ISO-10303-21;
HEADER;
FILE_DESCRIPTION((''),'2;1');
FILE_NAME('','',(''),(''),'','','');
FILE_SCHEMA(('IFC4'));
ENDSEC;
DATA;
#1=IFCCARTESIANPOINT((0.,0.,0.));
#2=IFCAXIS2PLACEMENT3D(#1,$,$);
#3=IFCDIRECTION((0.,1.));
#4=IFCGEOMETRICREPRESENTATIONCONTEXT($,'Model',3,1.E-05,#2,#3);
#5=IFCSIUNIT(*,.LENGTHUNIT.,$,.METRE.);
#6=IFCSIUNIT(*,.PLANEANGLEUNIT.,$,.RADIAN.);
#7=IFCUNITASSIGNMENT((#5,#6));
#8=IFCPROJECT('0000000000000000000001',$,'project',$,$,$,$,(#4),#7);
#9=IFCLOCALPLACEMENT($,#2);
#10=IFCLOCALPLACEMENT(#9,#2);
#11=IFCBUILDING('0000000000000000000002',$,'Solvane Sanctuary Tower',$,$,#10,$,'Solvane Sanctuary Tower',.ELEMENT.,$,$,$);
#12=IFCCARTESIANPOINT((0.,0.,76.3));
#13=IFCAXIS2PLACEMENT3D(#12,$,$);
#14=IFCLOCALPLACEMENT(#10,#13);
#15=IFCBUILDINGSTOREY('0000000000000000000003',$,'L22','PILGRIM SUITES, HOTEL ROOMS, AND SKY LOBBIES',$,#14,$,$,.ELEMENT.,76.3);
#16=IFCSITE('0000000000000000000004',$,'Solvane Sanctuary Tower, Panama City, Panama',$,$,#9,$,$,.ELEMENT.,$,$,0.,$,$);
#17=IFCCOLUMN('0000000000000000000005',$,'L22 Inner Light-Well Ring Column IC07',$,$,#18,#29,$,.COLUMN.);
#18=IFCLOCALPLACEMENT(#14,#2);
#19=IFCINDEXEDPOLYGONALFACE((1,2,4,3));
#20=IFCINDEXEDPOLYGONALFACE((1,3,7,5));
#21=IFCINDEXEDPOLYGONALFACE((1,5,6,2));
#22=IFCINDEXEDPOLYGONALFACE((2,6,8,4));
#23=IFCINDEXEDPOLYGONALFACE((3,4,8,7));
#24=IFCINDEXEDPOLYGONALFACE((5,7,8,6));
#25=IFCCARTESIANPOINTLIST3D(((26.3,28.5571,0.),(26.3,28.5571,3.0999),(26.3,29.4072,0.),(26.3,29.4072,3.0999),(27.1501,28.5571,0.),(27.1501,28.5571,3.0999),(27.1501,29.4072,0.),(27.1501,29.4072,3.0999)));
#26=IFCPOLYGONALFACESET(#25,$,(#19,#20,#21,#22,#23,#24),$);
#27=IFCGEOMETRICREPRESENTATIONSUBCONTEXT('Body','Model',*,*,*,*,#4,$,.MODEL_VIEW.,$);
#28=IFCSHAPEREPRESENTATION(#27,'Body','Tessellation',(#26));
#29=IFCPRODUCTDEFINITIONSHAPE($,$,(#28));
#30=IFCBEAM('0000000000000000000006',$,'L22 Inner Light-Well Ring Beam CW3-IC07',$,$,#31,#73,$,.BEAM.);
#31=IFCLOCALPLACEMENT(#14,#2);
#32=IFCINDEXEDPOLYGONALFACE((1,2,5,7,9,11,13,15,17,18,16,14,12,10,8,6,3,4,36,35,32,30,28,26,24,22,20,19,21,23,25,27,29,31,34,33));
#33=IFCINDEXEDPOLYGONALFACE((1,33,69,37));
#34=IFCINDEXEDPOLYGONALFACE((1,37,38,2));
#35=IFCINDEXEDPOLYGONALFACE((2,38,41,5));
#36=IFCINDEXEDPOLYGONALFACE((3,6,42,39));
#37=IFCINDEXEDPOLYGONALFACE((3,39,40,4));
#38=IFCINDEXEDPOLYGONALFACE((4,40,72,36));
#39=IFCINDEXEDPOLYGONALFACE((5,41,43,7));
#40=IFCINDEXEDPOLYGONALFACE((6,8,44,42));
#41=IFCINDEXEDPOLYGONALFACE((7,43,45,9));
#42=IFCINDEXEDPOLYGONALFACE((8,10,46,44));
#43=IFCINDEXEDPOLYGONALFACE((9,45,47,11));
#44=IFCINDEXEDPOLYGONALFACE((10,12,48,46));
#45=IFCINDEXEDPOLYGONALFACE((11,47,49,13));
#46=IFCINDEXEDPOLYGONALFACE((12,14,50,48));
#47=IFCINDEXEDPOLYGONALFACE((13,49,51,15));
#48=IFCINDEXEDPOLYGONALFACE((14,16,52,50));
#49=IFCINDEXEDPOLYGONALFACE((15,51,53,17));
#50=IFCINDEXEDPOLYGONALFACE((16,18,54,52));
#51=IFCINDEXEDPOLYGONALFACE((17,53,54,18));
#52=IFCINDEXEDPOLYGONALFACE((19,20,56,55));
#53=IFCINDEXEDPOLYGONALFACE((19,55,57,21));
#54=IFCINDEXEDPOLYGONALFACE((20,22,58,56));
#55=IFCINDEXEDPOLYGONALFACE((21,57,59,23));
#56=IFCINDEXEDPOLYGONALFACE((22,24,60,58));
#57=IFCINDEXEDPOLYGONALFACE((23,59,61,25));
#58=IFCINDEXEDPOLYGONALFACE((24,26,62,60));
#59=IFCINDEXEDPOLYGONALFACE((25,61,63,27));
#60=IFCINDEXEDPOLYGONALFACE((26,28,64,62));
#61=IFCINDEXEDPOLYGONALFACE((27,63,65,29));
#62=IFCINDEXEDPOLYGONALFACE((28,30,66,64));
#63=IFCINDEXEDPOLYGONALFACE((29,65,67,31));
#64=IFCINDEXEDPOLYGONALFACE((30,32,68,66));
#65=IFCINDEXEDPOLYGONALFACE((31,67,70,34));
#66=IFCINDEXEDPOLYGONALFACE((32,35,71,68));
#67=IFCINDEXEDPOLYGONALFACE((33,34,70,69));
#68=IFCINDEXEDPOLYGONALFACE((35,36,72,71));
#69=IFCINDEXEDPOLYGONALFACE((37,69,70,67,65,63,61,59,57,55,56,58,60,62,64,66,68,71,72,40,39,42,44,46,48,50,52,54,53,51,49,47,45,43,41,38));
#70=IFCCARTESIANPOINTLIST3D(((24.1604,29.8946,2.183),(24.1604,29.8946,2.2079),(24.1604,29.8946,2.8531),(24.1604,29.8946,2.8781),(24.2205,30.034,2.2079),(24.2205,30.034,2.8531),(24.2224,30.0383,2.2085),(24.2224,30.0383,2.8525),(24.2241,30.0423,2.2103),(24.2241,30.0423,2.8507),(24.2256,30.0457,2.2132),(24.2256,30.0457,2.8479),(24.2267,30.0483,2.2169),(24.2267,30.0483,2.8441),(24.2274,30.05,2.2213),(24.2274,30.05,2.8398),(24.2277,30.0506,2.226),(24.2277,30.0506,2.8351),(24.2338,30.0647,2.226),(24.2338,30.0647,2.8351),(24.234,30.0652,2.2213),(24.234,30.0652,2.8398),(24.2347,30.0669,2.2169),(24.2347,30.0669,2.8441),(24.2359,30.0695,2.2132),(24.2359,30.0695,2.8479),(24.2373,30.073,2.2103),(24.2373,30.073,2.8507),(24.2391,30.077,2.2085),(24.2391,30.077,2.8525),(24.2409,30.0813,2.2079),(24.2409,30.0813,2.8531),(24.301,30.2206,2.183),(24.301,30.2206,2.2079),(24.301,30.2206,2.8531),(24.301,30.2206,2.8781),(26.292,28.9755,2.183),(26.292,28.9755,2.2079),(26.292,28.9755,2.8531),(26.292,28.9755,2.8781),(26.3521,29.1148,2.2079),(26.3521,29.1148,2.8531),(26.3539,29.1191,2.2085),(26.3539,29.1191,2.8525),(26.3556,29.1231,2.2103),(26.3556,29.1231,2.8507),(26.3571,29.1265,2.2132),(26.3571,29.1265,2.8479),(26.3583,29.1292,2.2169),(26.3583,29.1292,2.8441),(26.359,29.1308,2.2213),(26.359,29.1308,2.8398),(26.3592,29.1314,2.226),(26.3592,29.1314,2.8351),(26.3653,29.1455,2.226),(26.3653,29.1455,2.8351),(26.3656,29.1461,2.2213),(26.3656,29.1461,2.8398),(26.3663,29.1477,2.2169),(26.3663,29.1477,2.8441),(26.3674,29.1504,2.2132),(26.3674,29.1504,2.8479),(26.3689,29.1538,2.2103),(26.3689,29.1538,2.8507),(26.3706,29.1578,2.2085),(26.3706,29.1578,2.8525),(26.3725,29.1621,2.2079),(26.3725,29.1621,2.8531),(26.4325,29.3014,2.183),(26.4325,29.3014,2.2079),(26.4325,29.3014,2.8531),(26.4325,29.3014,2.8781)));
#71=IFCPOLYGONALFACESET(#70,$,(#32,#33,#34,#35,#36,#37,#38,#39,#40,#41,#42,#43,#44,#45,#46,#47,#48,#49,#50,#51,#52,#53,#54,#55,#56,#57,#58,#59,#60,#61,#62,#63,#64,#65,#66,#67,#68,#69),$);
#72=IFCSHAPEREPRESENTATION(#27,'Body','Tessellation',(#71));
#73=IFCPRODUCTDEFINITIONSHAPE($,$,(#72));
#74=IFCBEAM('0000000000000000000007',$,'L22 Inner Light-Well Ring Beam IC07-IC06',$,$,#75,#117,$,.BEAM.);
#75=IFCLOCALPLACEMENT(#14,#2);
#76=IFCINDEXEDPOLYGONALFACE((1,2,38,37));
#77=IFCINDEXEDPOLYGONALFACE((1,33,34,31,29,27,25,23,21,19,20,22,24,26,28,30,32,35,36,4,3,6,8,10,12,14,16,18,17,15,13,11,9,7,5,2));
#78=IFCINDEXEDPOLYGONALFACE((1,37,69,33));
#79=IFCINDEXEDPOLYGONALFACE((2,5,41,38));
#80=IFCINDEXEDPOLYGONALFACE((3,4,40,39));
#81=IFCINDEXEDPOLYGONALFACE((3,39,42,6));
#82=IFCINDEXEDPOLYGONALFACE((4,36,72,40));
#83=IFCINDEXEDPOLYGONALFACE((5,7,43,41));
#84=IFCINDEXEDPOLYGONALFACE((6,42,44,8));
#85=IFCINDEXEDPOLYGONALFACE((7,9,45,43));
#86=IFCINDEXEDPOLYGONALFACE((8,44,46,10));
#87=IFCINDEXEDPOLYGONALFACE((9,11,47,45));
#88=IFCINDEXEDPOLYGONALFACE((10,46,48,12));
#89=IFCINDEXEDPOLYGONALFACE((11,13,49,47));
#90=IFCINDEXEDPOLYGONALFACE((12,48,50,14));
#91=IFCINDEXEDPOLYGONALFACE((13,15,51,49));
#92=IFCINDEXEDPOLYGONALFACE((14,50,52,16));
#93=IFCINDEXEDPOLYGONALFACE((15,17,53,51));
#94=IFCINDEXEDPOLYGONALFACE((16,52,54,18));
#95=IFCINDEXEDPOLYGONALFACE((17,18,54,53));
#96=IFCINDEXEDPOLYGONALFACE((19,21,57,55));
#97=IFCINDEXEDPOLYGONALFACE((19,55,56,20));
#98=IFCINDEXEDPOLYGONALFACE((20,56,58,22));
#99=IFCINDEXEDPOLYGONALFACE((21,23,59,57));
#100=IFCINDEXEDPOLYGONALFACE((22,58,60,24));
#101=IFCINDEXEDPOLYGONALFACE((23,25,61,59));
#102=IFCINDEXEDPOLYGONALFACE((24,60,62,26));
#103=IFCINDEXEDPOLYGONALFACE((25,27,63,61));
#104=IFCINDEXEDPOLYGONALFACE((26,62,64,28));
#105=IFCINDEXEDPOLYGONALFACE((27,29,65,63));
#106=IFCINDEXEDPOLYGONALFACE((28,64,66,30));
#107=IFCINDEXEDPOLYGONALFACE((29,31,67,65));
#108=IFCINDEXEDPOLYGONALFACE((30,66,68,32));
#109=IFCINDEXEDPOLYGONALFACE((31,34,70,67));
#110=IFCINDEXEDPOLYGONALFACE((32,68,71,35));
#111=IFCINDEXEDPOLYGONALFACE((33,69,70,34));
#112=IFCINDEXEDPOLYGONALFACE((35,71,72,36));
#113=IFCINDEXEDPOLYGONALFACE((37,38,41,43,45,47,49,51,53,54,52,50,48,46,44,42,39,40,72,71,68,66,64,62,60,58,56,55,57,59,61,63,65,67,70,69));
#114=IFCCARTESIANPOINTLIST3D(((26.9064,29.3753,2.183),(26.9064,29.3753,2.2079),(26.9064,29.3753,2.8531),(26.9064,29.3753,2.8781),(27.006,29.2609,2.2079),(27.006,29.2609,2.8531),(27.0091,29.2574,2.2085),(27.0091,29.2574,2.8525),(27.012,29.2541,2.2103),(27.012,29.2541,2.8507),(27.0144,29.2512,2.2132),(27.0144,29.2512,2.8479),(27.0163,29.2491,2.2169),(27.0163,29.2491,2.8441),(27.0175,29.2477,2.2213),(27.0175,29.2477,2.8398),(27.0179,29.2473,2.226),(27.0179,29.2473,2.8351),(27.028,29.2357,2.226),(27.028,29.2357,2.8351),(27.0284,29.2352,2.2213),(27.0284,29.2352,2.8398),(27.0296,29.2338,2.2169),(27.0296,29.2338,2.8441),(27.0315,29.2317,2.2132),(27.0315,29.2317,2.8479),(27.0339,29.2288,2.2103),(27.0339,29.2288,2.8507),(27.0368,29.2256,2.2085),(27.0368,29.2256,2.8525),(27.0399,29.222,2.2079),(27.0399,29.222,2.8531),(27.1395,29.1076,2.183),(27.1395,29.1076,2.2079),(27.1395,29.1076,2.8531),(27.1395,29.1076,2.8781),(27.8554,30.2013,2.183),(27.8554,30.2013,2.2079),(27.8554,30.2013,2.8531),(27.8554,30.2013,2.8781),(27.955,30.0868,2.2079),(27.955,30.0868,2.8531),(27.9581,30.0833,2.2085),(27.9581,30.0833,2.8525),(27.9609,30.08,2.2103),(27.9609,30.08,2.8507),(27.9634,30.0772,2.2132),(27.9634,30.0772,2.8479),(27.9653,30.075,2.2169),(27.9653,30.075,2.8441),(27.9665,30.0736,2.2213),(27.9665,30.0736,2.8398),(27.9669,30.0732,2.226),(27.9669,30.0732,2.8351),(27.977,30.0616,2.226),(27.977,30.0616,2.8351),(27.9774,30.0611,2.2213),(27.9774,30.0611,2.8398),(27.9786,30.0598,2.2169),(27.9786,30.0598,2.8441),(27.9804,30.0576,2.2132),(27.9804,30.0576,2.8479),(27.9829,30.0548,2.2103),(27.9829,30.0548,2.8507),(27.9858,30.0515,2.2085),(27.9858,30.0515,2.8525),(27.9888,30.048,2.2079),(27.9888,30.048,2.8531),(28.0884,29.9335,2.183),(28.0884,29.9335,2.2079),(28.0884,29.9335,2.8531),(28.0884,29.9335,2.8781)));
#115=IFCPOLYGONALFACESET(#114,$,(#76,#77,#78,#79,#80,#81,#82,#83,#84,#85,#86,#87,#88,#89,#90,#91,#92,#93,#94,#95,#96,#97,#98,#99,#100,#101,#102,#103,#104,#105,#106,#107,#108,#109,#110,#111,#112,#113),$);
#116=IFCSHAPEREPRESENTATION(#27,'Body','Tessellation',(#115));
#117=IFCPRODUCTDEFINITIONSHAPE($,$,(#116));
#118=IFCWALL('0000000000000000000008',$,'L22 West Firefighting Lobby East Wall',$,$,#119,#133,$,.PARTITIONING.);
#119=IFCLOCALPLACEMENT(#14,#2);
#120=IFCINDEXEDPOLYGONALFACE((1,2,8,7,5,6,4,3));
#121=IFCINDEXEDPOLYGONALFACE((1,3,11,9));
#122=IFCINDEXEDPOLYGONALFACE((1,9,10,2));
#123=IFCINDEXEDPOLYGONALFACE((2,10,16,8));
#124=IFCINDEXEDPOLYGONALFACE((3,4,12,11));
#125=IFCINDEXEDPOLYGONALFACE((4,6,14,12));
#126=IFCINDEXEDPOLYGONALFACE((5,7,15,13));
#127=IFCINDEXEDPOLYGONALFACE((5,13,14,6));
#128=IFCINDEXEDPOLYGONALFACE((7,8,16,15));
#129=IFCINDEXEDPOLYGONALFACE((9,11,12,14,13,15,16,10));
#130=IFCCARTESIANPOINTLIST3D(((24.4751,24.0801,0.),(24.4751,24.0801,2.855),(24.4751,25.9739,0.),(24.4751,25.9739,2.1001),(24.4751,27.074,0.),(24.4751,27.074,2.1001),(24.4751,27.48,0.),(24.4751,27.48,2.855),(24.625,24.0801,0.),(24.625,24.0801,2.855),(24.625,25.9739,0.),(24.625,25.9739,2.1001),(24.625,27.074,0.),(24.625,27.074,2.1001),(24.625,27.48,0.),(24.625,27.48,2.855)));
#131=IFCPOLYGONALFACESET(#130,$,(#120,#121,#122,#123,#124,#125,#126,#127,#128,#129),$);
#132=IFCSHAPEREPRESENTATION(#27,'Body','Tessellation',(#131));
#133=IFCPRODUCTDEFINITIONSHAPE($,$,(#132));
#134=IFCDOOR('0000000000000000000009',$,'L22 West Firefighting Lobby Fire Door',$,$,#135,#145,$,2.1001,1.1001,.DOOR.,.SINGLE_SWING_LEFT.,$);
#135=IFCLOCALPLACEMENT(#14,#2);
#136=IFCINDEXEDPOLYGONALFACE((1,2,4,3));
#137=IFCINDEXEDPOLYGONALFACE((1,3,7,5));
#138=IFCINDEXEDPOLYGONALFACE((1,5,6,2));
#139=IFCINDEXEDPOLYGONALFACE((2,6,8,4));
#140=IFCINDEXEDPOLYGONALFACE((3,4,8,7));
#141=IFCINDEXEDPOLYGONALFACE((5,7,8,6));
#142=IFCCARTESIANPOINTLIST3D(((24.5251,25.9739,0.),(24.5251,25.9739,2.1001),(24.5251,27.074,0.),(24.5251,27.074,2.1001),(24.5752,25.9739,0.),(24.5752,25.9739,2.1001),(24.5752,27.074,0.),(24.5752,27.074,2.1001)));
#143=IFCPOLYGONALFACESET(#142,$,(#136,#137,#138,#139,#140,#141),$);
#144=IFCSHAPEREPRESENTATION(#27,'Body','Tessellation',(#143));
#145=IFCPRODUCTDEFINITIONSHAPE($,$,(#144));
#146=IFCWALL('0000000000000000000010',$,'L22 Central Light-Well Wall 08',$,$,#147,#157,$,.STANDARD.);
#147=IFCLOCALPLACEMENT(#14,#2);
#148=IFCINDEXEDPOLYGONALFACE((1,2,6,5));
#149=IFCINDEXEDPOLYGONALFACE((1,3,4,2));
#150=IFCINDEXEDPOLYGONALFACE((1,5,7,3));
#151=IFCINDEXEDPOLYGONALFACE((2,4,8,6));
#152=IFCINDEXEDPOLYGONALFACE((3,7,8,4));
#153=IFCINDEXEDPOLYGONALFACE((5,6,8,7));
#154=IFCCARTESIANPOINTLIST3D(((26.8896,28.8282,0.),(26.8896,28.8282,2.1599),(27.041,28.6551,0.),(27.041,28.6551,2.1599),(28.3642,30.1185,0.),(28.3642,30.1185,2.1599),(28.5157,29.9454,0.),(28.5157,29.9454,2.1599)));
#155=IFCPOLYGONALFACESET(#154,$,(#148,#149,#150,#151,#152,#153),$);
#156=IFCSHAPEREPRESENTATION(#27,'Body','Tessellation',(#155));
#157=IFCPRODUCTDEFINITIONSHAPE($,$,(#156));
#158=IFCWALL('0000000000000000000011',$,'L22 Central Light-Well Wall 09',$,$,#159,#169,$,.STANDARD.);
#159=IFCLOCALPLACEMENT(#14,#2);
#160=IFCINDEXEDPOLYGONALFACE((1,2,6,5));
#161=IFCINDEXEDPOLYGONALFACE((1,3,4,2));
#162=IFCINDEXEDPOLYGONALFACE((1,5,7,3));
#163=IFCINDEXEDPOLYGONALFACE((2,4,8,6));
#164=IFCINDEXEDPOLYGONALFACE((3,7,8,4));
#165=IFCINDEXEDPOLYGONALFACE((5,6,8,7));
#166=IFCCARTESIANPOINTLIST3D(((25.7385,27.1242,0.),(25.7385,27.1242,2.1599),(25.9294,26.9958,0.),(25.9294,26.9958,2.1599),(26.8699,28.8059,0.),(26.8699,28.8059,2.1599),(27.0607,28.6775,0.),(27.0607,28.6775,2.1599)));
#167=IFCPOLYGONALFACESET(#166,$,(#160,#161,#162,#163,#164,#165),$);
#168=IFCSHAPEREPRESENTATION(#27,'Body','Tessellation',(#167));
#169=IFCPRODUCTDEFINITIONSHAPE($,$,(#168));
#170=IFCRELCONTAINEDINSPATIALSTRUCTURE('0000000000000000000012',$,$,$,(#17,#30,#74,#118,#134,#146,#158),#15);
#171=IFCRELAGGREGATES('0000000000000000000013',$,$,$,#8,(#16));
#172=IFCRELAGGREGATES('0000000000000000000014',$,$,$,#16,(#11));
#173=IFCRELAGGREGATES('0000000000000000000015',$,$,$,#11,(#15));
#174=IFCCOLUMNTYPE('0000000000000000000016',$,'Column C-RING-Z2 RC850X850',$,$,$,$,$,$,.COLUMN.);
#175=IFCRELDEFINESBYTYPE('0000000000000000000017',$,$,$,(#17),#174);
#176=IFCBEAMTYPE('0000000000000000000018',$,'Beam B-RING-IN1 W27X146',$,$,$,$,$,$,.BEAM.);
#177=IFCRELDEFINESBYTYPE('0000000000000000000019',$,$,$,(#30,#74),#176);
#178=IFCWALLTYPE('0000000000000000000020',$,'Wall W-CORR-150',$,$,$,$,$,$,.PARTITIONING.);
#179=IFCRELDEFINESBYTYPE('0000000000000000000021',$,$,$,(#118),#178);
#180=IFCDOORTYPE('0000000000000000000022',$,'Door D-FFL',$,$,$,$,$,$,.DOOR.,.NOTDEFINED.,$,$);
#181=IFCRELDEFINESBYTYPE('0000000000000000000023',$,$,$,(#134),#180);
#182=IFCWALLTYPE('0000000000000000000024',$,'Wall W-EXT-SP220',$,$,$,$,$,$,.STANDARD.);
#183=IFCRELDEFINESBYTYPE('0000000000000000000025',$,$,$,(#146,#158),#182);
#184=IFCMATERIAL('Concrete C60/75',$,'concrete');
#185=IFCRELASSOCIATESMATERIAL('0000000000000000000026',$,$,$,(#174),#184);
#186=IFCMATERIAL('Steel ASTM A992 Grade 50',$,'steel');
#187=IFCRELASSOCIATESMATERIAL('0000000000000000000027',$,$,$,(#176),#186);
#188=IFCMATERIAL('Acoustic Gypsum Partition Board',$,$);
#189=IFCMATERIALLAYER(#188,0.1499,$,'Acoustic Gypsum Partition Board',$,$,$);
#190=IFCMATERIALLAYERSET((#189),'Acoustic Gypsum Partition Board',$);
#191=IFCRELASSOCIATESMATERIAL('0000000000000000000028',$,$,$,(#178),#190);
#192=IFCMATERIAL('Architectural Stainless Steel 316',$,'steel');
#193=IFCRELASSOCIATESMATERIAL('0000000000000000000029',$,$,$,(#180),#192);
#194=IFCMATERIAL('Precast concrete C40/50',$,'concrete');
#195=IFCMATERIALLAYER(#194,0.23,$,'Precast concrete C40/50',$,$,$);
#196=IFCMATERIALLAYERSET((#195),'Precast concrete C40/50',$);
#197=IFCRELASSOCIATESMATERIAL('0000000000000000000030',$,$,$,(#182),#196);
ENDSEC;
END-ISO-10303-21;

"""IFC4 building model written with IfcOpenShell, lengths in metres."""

from ifc_helpers import new_model, si_unit, direction, frame, frame_2d, origin, origin_2d, place, context, subcontext, project, spatial, rectangle, i_section, extrude, material, layer, layer_set, material_profile, profile_set, type_object, element, fill, save


model = new_model("IFC4")

# Units and contexts
model_context = context("Model", 3, precision=1e-05, world=origin(), true_north=direction((0.0, 1.0)))
body_context = subcontext(model_context, "Body", "Model", "MODEL_VIEW")
ifc_project = project(units=[si_unit("LENGTHUNIT", "METRE"), si_unit("PLANEANGLEUNIT", "RADIAN")], contexts=[model_context])

# Site, building, storey
site_placement = place(None, origin())
site = spatial("IfcSite", under=ifc_project, at=site_placement, Name="Solvane Sanctuary Tower, Panama City, Panama", CompositionType="ELEMENT", RefElevation=0.0)
building_placement = place(site_placement, origin())
building = spatial("IfcBuilding", under=site, at=building_placement, Name="Solvane Sanctuary Tower", LongName="Solvane Sanctuary Tower", CompositionType="ELEMENT")
storey_placement = place(building_placement, frame((0.0, 0.0, 76.3)))
storey = spatial("IfcBuildingStorey", under=building, at=storey_placement, Name="L22", Description="PILGRIM SUITES, HOTEL ROOMS, AND SKY LOBBIES", CompositionType="ELEMENT", Elevation=76.3)

# Column
ifc_material_1 = material(Name="Concrete C60/75", Category="concrete")
ifc_material_profile_1 = material_profile(ifc_material_1, rectangle(XDim=0.8501, YDim=0.8501, at=origin_2d()), Name="RC850X850")
ifc_profile_set_1 = profile_set([ifc_material_profile_1], Name="Concrete C60/75")
column_type = type_object("IfcColumnType", Name="Column C-RING-Z2 RC850X850", PredefinedType="COLUMN", material=ifc_profile_set_1)
column_placement = place(storey_placement, frame((26.7251, 28.9822, 0.0), z_axis=(0.0, 0.0, 1.0), x_axis=(1.0, 0.0, 0.0)))
element("IfcColumn", 1, at=column_placement, inside=storey, type_object=column_type, Name="L22 Inner Light-Well Ring Column IC07", PredefinedType="COLUMN", context=body_context, shape_type="SweptSolid", body=[
    extrude(rectangle(XDim=0.8501, YDim=0.8501, at=origin_2d()), origin(), (0.0, 0.0, 1.0), 3.0999),
])

# Beams
ifc_material_2 = material(Name="Steel ASTM A992 Grade 50", Category="steel")
ifc_material_profile_2 = material_profile(ifc_material_2, i_section(OverallWidth=0.355, OverallDepth=0.6951, WebThickness=0.0154, FlangeThickness=0.0249, FilletRadius=0.0181, at=origin_2d()), Name="W27X146")
ifc_profile_set_2 = profile_set([ifc_material_profile_2], Name="Steel ASTM A992 Grade 50")
beam_type = type_object("IfcBeamType", Name="Beam B-RING-IN1 W27X146", PredefinedType="BEAM", material=ifc_profile_set_2)
beam_1_placement = place(storey_placement, frame((24.2307, 30.0576, 2.5305), z_axis=(0.918261, -0.395975, 0.0), x_axis=(0.395975, 0.918261, 0.0)))
element("IfcBeam", 2, at=beam_1_placement, inside=storey, type_object=beam_type, Name="L22 Inner Light-Well Ring Beam CW3-IC07", PredefinedType="BEAM", context=body_context, shape_type="SweptSolid", body=[
    extrude(i_section(OverallWidth=0.355, OverallDepth=0.6951, WebThickness=0.0154, FlangeThickness=0.0249, FilletRadius=0.0181, at=origin_2d()), origin(), (0.0, 0.0, 1.0), 2.3213),
])
beam_2_placement = place(storey_placement, frame((27.0229, 29.2415, 2.5305), z_axis=(0.754317, 0.65651, 0.0), x_axis=(-0.65651, 0.754317, 0.0)))
element("IfcBeam", 3, at=beam_2_placement, inside=storey, type_object=beam_type, Name="L22 Inner Light-Well Ring Beam IC07-IC06", PredefinedType="BEAM", context=body_context, shape_type="SweptSolid", body=[
    extrude(i_section(OverallWidth=0.355, OverallDepth=0.6951, WebThickness=0.0154, FlangeThickness=0.0249, FilletRadius=0.0181, at=origin_2d()), origin(), (0.0, 0.0, 1.0), 1.2581),
])

# Wall, opening, door
ifc_material_3 = material(Name="Acoustic Gypsum Partition Board")
ifc_layer_1 = layer(ifc_material_3, 0.1499, Name="Acoustic Gypsum Partition Board")
ifc_layer_set_1 = layer_set([ifc_layer_1], Name="Acoustic Gypsum Partition Board")
wall_type_1 = type_object("IfcWallType", Name="Wall W-CORR-150", PredefinedType="PARTITIONING", material=ifc_layer_set_1)
wall_1_placement = place(storey_placement, frame((24.55, 24.0801, 0.0), z_axis=(0.0, 0.0, 1.0), x_axis=(0.0, 1.0, 0.0)))
wall_1 = element("IfcWall", 4, at=wall_1_placement, inside=storey, type_object=wall_type_1, Name="L22 West Firefighting Lobby East Wall", PredefinedType="PARTITIONING", context=body_context, shape_type="SweptSolid", body=[
    extrude(rectangle(XDim=3.3999, YDim=0.1499, at=frame_2d((1.7, 0.0))), origin(), (0.0, 0.0, 1.0), 2.855),
])
opening_1_placement = place(wall_1_placement, frame((1.8938, 0.0, 0.0)))
opening_1 = element("IfcOpeningElement", 5, at=opening_1_placement, cuts=wall_1, PredefinedType="OPENING", context=body_context, shape_type="SweptSolid", body=[
    extrude(rectangle(XDim=1.1001, YDim=2.1001, at=frame_2d((0.55, 1.05))), frame((0.0, 0.085, 0.0), z_axis=(0.0, -1.0, 0.0), x_axis=(1.0, 0.0, 0.0)), (0.0, 0.0, 1.0), 0.1699),
])
ifc_material_4 = material(Name="Architectural Stainless Steel 316", Category="steel")
door_type_1 = type_object("IfcDoorType", Name="Door D-FFL", OperationType="NOTDEFINED", PredefinedType="DOOR", material=ifc_material_4)
door_1_placement = place(opening_1_placement, origin())
door_1 = element("IfcDoor", 6, at=door_1_placement, inside=storey, type_object=door_type_1, Name="L22 West Firefighting Lobby Fire Door", OperationType="SINGLE_SWING_LEFT", OverallHeight=2.1001, OverallWidth=1.1001, PredefinedType="DOOR", context=body_context, shape_type="SweptSolid", body=[
    extrude(rectangle(XDim=1.1001, YDim=2.1001, at=frame_2d((0.55, 1.05))), frame((0.0, 0.0249, 0.0), z_axis=(0.0, -1.0, 0.0), x_axis=(1.0, 0.0, 0.0)), (0.0, 0.0, 1.0), 0.05),
])
fill(opening_1, door_1)

# Walls
ifc_material_5 = material(Name="Precast concrete C40/50", Category="concrete")
ifc_layer_2 = layer(ifc_material_5, 0.23, Name="Precast concrete C40/50")
ifc_layer_set_2 = layer_set([ifc_layer_2], Name="Precast concrete C40/50")
wall_type_2 = type_object("IfcWallType", Name="Wall W-EXT-SP220", PredefinedType="STANDARD", material=ifc_layer_set_2)
wall_2_placement = place(storey_placement, frame((28.4399, 30.032, 0.0), z_axis=(0.0, 0.0, 1.0), x_axis=(-0.752577, -0.658505, 0.0)))
element("IfcWall", 7, at=wall_2_placement, inside=storey, type_object=wall_type_2, Name="L22 Central Light-Well Wall 08", PredefinedType="STANDARD", context=body_context, shape_type="SweptSolid", body=[
    extrude(rectangle(XDim=1.9595, YDim=0.23, at=frame_2d((0.9797, 0.0))), origin(), (0.0, 0.0, 1.0), 2.1599),
])
wall_3_placement = place(storey_placement, frame((26.9653, 28.7417, 0.0), z_axis=(0.0, 0.0, 1.0), x_axis=(-0.558198, -0.829708, 0.0)))
element("IfcWall", 8, at=wall_3_placement, inside=storey, type_object=wall_type_2, Name="L22 Central Light-Well Wall 09", PredefinedType="STANDARD", context=body_context, shape_type="SweptSolid", body=[
    extrude(rectangle(XDim=2.0269, YDim=0.23, at=frame_2d((1.0134, 0.0))), origin(), (0.0, 0.0, 1.0), 2.1599),
])

save(model, "model.ifc")
